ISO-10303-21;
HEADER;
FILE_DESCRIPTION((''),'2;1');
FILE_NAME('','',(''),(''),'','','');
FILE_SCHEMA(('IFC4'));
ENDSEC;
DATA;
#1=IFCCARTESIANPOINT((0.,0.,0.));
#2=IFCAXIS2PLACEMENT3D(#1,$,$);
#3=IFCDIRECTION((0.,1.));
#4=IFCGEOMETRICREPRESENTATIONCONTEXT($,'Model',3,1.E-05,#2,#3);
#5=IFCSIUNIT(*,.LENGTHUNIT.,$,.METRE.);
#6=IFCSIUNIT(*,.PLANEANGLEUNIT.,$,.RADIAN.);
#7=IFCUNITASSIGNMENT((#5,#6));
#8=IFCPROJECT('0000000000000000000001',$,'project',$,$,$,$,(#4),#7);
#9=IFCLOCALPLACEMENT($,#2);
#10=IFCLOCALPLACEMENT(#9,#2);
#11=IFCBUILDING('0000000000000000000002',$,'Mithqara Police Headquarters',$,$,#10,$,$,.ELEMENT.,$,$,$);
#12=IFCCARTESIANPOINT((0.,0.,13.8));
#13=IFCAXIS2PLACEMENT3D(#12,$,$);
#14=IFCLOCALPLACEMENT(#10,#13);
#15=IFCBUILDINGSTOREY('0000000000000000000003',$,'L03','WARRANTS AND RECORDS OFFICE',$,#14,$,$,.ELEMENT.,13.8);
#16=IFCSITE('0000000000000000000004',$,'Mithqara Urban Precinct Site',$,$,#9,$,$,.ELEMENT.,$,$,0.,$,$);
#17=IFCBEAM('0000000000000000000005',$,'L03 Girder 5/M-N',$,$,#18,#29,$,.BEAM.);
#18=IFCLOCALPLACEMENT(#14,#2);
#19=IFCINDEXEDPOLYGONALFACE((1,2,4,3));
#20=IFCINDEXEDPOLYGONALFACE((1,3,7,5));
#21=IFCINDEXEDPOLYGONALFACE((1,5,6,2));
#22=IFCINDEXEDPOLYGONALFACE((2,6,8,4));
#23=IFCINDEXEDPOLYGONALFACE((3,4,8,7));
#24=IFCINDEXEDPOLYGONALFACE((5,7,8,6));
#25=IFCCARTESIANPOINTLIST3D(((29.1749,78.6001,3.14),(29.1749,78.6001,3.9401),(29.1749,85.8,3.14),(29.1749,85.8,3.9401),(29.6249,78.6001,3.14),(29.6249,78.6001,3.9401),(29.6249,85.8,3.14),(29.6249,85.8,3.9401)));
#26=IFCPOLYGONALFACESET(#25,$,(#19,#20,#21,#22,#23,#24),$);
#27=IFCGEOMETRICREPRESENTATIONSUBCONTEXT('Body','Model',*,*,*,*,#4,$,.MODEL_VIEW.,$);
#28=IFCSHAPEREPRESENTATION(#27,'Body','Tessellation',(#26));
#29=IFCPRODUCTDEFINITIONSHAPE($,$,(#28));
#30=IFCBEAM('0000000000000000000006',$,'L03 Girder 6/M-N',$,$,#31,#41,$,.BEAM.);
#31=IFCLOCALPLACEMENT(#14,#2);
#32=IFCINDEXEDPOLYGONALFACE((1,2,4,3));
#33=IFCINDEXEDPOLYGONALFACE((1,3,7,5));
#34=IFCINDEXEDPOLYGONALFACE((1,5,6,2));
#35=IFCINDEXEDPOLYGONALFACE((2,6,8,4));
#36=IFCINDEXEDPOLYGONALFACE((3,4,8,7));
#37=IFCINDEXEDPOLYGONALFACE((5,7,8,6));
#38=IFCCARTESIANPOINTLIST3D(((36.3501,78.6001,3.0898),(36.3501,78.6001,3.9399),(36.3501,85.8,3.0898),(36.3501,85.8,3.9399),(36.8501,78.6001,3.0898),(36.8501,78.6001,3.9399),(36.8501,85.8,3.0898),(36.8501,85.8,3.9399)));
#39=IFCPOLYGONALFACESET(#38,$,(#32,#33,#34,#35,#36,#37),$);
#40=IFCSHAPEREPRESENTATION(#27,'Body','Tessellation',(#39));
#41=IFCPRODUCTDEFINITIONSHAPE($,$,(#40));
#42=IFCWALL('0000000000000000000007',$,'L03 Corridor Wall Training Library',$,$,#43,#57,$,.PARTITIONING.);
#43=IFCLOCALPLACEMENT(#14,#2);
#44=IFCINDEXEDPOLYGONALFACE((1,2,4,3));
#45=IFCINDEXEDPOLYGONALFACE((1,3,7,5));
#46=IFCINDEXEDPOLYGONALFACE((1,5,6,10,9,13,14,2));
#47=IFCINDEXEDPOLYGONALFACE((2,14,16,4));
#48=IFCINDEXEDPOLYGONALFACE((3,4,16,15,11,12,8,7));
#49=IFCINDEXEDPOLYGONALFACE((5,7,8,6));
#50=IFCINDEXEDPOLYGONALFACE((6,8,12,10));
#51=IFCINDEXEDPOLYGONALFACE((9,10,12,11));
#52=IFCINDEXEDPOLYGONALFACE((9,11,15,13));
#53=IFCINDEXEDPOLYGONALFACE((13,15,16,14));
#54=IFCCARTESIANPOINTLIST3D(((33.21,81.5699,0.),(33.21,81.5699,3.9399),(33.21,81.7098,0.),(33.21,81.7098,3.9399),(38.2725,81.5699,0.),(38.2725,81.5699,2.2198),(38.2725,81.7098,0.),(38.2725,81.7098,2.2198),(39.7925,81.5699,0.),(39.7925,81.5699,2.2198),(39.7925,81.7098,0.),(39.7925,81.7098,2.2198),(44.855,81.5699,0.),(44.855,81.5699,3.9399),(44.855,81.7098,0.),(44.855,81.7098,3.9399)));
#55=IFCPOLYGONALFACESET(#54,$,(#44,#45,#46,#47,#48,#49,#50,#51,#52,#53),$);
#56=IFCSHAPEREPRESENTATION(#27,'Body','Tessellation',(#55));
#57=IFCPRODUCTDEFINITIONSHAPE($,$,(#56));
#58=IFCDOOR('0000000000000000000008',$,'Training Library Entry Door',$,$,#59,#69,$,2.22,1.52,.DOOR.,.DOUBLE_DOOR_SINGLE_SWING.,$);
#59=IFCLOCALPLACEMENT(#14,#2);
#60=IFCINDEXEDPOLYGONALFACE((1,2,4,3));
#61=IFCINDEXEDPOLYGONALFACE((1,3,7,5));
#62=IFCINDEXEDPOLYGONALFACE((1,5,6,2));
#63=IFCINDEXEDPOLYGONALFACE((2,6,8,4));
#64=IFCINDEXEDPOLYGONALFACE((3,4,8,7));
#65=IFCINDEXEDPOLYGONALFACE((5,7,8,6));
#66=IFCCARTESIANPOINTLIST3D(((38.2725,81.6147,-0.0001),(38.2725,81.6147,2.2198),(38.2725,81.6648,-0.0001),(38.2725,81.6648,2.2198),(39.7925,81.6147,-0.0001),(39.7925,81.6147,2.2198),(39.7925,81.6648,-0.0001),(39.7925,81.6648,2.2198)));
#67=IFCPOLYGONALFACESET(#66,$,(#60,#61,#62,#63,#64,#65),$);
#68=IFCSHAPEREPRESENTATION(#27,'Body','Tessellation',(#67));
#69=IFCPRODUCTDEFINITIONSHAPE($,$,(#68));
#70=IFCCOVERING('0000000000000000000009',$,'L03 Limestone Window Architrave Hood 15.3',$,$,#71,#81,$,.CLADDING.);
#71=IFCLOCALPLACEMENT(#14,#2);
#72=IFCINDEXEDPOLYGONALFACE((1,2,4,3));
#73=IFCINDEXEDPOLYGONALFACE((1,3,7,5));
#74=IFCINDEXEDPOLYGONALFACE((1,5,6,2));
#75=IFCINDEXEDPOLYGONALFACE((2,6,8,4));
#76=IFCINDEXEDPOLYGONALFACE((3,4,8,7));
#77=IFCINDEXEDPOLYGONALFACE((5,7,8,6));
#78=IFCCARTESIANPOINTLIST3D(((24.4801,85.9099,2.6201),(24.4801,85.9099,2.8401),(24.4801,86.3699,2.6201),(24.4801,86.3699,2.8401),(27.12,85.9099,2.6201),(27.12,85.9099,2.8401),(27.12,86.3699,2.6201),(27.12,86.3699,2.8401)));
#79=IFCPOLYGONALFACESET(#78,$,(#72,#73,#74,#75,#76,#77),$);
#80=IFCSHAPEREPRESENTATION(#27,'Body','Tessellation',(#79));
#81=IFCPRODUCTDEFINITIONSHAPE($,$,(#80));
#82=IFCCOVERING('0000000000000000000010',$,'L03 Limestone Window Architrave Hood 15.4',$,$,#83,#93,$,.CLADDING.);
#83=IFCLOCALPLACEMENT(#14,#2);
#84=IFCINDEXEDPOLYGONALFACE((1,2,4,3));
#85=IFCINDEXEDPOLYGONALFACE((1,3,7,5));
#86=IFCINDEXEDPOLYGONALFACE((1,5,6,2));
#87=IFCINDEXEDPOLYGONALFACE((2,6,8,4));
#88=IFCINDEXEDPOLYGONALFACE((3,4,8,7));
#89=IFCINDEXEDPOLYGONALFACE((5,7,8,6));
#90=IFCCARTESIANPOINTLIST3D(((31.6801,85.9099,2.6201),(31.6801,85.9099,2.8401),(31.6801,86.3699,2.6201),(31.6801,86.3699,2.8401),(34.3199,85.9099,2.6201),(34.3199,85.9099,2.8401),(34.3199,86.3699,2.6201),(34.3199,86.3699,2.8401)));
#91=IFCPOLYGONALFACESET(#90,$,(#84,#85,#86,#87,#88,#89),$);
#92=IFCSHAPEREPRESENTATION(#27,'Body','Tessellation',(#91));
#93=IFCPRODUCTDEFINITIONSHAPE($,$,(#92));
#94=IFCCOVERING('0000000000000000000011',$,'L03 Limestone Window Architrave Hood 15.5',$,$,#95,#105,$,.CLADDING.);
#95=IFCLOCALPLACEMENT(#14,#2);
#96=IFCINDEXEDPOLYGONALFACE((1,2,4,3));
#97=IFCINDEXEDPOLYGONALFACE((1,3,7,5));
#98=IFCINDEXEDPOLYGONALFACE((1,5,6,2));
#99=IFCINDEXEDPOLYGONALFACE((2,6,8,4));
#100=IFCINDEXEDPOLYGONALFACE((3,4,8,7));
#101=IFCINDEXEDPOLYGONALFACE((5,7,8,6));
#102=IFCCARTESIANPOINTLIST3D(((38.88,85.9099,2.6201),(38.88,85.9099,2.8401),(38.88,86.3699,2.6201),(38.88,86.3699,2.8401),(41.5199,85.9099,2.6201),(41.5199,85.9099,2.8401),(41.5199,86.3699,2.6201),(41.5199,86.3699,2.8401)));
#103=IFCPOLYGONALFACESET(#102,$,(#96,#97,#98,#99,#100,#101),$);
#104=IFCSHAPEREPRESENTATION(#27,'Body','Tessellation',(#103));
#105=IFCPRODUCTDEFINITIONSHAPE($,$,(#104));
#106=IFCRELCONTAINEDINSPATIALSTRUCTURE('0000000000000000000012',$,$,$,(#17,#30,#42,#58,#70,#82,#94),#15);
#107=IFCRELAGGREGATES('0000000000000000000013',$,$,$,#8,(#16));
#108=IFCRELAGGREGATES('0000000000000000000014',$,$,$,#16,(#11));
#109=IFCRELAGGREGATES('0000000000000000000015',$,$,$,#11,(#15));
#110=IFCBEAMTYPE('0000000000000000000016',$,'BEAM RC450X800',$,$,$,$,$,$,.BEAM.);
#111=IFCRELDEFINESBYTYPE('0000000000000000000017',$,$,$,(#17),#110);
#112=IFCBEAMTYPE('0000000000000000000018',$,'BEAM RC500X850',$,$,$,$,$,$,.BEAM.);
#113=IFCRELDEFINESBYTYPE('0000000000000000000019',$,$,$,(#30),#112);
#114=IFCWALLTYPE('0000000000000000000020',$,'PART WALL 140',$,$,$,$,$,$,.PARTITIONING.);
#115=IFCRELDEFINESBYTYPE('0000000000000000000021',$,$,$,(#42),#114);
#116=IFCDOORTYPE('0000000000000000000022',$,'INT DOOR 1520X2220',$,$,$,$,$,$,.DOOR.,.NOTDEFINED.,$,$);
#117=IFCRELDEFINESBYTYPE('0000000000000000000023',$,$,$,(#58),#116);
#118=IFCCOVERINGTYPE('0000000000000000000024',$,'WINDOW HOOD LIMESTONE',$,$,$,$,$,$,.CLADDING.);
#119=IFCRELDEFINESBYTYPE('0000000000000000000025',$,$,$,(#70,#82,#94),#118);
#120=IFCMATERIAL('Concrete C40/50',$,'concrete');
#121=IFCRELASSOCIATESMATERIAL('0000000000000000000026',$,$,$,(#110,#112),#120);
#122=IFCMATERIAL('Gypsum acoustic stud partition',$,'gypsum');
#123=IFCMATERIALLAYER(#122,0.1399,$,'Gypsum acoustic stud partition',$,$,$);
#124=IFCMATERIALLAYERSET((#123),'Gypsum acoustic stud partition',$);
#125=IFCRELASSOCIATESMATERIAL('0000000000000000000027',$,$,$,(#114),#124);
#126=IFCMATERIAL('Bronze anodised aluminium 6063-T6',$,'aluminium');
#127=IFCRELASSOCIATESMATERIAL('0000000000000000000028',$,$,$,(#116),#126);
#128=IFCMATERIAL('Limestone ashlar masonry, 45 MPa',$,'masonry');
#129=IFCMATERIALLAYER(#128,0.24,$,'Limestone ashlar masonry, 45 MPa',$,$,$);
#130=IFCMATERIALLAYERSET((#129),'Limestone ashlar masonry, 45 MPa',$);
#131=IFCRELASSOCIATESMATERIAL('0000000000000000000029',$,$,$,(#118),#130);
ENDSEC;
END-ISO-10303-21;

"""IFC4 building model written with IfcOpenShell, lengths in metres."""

from ifc_helpers import new_model, si_unit, direction, frame, frame_2d, origin, origin_2d, place, context, subcontext, project, spatial, rectangle, extrude, material, layer, layer_set, material_profile, profile_set, type_object, element, fill, save


model = new_model("IFC4")

# Units and contexts
model_context = context("Model", 3, precision=1e-05, world=origin(), true_north=direction((0.0, 1.0)))
body_context = subcontext(model_context, "Body", "Model", "MODEL_VIEW")
ifc_project = project(units=[si_unit("LENGTHUNIT", "METRE"), si_unit("PLANEANGLEUNIT", "RADIAN")], contexts=[model_context])

# Site, building, storey
site_placement = place(None, origin())
site = spatial("IfcSite", under=ifc_project, at=site_placement, Name="Mithqara Urban Precinct Site", CompositionType="ELEMENT", RefElevation=0.0)
building_placement = place(site_placement, origin())
building = spatial("IfcBuilding", under=site, at=building_placement, Name="Mithqara Police Headquarters", CompositionType="ELEMENT")
storey_placement = place(building_placement, frame((0.0, 0.0, 13.8)))
storey = spatial("IfcBuildingStorey", under=building, at=storey_placement, Name="L03", Description="WARRANTS AND RECORDS OFFICE", CompositionType="ELEMENT", Elevation=13.8)

# Beams
ifc_material_1 = material(Name="Concrete C40/50", Category="concrete")
ifc_material_profile_1 = material_profile(ifc_material_1, rectangle(XDim=0.45, YDim=0.8, at=origin_2d()), Name="RC 450x800")
ifc_profile_set_1 = profile_set([ifc_material_profile_1], Name="Concrete C40/50")
beam_type_1 = type_object("IfcBeamType", Name="BEAM RC450X800", PredefinedType="BEAM", material=ifc_profile_set_1)
beam_1_placement = place(storey_placement, frame((29.3999, 78.6001, 3.54), z_axis=(0.0, 1.0, 0.0), x_axis=(-1.0, 0.0, 0.0)))
element("IfcBeam", 1, at=beam_1_placement, inside=storey, type_object=beam_type_1, Name="L03 Girder 5/M-N", PredefinedType="BEAM", context=body_context, shape_type="SweptSolid", body=[
    extrude(rectangle(XDim=0.45, YDim=0.8, at=origin_2d()), origin(), (0.0, 0.0, 1.0), 7.2),
])
ifc_material_profile_2 = material_profile(ifc_material_1, rectangle(XDim=0.5, YDim=0.8501, at=origin_2d()), Name="RC 500x850")
ifc_profile_set_2 = profile_set([ifc_material_profile_2], Name="Concrete C40/50")
beam_type_2 = type_object("IfcBeamType", Name="BEAM RC500X850", PredefinedType="BEAM", material=ifc_profile_set_2)
beam_2_placement = place(storey_placement, frame((36.6001, 78.6001, 3.5149), z_axis=(0.0, 1.0, 0.0), x_axis=(-1.0, 0.0, 0.0)))
element("IfcBeam", 2, at=beam_2_placement, inside=storey, type_object=beam_type_2, Name="L03 Girder 6/M-N", PredefinedType="BEAM", context=body_context, shape_type="SweptSolid", body=[
    extrude(rectangle(XDim=0.5, YDim=0.8501, at=origin_2d()), origin(), (0.0, 0.0, 1.0), 7.2),
])

# Wall, opening, door
ifc_material_2 = material(Name="Gypsum acoustic stud partition", Category="gypsum")
ifc_layer_1 = layer(ifc_material_2, 0.1399, Name="Gypsum acoustic stud partition")
ifc_layer_set_1 = layer_set([ifc_layer_1], Name="Gypsum acoustic stud partition")
wall_type = type_object("IfcWallType", Name="PART WALL 140", PredefinedType="PARTITIONING", material=ifc_layer_set_1)
wall_placement = place(storey_placement, frame((33.21, 81.6399, 0.0), z_axis=(0.0, 0.0, 1.0), x_axis=(1.0, 0.0, 0.0)))
wall = element("IfcWall", 3, at=wall_placement, inside=storey, type_object=wall_type, Name="L03 Corridor Wall Training Library", PredefinedType="PARTITIONING", context=body_context, shape_type="SweptSolid", body=[
    extrude(rectangle(XDim=11.645, YDim=0.1399, at=frame_2d((5.8225, 0.0))), origin(), (0.0, 0.0, 1.0), 3.9399),
])
opening_placement = place(wall_placement, frame((5.0625, 0.0, 0.0)))
opening = element("IfcOpeningElement", 4, at=opening_placement, cuts=wall, PredefinedType="OPENING", context=body_context, shape_type="SweptSolid", body=[
    extrude(rectangle(XDim=1.52, YDim=2.22, at=frame_2d((0.76, 1.1099))), frame((0.0, 0.0801, 0.0), z_axis=(0.0, -1.0, 0.0), x_axis=(1.0, 0.0, 0.0)), (0.0, 0.0, 1.0), 0.1599),
])
ifc_material_3 = material(Name="Bronze anodised aluminium 6063-T6", Category="aluminium")
door_type = type_object("IfcDoorType", Name="INT DOOR 1520X2220", OperationType="NOTDEFINED", PredefinedType="DOOR", material=ifc_material_3)
door_placement = place(opening_placement, origin())
door = element("IfcDoor", 5, at=door_placement, inside=storey, type_object=door_type, Name="Training Library Entry Door", OperationType="DOUBLE_DOOR_SINGLE_SWING", OverallHeight=2.22, OverallWidth=1.52, PredefinedType="DOOR", context=body_context, shape_type="SweptSolid", body=[
    extrude(rectangle(XDim=1.52, YDim=2.22, at=frame_2d((0.76, 1.1099))), frame((0.0, 0.0249, 0.0), z_axis=(0.0, -1.0, 0.0), x_axis=(1.0, 0.0, 0.0)), (0.0, 0.0, 1.0), 0.05),
])
fill(opening, door)

# Coverings
ifc_material_4 = material(Name="Limestone ashlar masonry, 45 MPa", Category="masonry")
ifc_layer_2 = layer(ifc_material_4, 0.24, Name="Limestone ashlar masonry, 45 MPa")
ifc_layer_set_2 = layer_set([ifc_layer_2], Name="Limestone ashlar masonry, 45 MPa")
covering_type = type_object("IfcCoveringType", Name="WINDOW HOOD LIMESTONE", PredefinedType="CLADDING", material=ifc_layer_set_2)
for number, where, z_axis, x_axis, name in (
    (6, (25.8, 86.1399, 2.6201), (0.0, 0.0, 1.0), (1.0, 0.0, 0.0), "L03 Limestone Window Architrave Hood 15.3"),
    (7, (33.0, 86.1399, 2.6201), (0.0, 0.0, 1.0), (1.0, 0.0, 0.0), "L03 Limestone Window Architrave Hood 15.4"),
    (8, (40.2, 86.1399, 2.6201), (0.0, 0.0, 1.0), (1.0, 0.0, 0.0), "L03 Limestone Window Architrave Hood 15.5"),
):
    element("IfcCovering", number, at=place(storey_placement, frame(where, z_axis=z_axis, x_axis=x_axis)), inside=storey, type_object=covering_type, Name=name, PredefinedType="CLADDING", context=body_context, shape_type="SweptSolid", body=[
        extrude(rectangle(XDim=2.6399, YDim=0.46, at=origin_2d()), origin(), (0.0, 0.0, 1.0), 0.22),
    ])

save(model, "model.ifc")
